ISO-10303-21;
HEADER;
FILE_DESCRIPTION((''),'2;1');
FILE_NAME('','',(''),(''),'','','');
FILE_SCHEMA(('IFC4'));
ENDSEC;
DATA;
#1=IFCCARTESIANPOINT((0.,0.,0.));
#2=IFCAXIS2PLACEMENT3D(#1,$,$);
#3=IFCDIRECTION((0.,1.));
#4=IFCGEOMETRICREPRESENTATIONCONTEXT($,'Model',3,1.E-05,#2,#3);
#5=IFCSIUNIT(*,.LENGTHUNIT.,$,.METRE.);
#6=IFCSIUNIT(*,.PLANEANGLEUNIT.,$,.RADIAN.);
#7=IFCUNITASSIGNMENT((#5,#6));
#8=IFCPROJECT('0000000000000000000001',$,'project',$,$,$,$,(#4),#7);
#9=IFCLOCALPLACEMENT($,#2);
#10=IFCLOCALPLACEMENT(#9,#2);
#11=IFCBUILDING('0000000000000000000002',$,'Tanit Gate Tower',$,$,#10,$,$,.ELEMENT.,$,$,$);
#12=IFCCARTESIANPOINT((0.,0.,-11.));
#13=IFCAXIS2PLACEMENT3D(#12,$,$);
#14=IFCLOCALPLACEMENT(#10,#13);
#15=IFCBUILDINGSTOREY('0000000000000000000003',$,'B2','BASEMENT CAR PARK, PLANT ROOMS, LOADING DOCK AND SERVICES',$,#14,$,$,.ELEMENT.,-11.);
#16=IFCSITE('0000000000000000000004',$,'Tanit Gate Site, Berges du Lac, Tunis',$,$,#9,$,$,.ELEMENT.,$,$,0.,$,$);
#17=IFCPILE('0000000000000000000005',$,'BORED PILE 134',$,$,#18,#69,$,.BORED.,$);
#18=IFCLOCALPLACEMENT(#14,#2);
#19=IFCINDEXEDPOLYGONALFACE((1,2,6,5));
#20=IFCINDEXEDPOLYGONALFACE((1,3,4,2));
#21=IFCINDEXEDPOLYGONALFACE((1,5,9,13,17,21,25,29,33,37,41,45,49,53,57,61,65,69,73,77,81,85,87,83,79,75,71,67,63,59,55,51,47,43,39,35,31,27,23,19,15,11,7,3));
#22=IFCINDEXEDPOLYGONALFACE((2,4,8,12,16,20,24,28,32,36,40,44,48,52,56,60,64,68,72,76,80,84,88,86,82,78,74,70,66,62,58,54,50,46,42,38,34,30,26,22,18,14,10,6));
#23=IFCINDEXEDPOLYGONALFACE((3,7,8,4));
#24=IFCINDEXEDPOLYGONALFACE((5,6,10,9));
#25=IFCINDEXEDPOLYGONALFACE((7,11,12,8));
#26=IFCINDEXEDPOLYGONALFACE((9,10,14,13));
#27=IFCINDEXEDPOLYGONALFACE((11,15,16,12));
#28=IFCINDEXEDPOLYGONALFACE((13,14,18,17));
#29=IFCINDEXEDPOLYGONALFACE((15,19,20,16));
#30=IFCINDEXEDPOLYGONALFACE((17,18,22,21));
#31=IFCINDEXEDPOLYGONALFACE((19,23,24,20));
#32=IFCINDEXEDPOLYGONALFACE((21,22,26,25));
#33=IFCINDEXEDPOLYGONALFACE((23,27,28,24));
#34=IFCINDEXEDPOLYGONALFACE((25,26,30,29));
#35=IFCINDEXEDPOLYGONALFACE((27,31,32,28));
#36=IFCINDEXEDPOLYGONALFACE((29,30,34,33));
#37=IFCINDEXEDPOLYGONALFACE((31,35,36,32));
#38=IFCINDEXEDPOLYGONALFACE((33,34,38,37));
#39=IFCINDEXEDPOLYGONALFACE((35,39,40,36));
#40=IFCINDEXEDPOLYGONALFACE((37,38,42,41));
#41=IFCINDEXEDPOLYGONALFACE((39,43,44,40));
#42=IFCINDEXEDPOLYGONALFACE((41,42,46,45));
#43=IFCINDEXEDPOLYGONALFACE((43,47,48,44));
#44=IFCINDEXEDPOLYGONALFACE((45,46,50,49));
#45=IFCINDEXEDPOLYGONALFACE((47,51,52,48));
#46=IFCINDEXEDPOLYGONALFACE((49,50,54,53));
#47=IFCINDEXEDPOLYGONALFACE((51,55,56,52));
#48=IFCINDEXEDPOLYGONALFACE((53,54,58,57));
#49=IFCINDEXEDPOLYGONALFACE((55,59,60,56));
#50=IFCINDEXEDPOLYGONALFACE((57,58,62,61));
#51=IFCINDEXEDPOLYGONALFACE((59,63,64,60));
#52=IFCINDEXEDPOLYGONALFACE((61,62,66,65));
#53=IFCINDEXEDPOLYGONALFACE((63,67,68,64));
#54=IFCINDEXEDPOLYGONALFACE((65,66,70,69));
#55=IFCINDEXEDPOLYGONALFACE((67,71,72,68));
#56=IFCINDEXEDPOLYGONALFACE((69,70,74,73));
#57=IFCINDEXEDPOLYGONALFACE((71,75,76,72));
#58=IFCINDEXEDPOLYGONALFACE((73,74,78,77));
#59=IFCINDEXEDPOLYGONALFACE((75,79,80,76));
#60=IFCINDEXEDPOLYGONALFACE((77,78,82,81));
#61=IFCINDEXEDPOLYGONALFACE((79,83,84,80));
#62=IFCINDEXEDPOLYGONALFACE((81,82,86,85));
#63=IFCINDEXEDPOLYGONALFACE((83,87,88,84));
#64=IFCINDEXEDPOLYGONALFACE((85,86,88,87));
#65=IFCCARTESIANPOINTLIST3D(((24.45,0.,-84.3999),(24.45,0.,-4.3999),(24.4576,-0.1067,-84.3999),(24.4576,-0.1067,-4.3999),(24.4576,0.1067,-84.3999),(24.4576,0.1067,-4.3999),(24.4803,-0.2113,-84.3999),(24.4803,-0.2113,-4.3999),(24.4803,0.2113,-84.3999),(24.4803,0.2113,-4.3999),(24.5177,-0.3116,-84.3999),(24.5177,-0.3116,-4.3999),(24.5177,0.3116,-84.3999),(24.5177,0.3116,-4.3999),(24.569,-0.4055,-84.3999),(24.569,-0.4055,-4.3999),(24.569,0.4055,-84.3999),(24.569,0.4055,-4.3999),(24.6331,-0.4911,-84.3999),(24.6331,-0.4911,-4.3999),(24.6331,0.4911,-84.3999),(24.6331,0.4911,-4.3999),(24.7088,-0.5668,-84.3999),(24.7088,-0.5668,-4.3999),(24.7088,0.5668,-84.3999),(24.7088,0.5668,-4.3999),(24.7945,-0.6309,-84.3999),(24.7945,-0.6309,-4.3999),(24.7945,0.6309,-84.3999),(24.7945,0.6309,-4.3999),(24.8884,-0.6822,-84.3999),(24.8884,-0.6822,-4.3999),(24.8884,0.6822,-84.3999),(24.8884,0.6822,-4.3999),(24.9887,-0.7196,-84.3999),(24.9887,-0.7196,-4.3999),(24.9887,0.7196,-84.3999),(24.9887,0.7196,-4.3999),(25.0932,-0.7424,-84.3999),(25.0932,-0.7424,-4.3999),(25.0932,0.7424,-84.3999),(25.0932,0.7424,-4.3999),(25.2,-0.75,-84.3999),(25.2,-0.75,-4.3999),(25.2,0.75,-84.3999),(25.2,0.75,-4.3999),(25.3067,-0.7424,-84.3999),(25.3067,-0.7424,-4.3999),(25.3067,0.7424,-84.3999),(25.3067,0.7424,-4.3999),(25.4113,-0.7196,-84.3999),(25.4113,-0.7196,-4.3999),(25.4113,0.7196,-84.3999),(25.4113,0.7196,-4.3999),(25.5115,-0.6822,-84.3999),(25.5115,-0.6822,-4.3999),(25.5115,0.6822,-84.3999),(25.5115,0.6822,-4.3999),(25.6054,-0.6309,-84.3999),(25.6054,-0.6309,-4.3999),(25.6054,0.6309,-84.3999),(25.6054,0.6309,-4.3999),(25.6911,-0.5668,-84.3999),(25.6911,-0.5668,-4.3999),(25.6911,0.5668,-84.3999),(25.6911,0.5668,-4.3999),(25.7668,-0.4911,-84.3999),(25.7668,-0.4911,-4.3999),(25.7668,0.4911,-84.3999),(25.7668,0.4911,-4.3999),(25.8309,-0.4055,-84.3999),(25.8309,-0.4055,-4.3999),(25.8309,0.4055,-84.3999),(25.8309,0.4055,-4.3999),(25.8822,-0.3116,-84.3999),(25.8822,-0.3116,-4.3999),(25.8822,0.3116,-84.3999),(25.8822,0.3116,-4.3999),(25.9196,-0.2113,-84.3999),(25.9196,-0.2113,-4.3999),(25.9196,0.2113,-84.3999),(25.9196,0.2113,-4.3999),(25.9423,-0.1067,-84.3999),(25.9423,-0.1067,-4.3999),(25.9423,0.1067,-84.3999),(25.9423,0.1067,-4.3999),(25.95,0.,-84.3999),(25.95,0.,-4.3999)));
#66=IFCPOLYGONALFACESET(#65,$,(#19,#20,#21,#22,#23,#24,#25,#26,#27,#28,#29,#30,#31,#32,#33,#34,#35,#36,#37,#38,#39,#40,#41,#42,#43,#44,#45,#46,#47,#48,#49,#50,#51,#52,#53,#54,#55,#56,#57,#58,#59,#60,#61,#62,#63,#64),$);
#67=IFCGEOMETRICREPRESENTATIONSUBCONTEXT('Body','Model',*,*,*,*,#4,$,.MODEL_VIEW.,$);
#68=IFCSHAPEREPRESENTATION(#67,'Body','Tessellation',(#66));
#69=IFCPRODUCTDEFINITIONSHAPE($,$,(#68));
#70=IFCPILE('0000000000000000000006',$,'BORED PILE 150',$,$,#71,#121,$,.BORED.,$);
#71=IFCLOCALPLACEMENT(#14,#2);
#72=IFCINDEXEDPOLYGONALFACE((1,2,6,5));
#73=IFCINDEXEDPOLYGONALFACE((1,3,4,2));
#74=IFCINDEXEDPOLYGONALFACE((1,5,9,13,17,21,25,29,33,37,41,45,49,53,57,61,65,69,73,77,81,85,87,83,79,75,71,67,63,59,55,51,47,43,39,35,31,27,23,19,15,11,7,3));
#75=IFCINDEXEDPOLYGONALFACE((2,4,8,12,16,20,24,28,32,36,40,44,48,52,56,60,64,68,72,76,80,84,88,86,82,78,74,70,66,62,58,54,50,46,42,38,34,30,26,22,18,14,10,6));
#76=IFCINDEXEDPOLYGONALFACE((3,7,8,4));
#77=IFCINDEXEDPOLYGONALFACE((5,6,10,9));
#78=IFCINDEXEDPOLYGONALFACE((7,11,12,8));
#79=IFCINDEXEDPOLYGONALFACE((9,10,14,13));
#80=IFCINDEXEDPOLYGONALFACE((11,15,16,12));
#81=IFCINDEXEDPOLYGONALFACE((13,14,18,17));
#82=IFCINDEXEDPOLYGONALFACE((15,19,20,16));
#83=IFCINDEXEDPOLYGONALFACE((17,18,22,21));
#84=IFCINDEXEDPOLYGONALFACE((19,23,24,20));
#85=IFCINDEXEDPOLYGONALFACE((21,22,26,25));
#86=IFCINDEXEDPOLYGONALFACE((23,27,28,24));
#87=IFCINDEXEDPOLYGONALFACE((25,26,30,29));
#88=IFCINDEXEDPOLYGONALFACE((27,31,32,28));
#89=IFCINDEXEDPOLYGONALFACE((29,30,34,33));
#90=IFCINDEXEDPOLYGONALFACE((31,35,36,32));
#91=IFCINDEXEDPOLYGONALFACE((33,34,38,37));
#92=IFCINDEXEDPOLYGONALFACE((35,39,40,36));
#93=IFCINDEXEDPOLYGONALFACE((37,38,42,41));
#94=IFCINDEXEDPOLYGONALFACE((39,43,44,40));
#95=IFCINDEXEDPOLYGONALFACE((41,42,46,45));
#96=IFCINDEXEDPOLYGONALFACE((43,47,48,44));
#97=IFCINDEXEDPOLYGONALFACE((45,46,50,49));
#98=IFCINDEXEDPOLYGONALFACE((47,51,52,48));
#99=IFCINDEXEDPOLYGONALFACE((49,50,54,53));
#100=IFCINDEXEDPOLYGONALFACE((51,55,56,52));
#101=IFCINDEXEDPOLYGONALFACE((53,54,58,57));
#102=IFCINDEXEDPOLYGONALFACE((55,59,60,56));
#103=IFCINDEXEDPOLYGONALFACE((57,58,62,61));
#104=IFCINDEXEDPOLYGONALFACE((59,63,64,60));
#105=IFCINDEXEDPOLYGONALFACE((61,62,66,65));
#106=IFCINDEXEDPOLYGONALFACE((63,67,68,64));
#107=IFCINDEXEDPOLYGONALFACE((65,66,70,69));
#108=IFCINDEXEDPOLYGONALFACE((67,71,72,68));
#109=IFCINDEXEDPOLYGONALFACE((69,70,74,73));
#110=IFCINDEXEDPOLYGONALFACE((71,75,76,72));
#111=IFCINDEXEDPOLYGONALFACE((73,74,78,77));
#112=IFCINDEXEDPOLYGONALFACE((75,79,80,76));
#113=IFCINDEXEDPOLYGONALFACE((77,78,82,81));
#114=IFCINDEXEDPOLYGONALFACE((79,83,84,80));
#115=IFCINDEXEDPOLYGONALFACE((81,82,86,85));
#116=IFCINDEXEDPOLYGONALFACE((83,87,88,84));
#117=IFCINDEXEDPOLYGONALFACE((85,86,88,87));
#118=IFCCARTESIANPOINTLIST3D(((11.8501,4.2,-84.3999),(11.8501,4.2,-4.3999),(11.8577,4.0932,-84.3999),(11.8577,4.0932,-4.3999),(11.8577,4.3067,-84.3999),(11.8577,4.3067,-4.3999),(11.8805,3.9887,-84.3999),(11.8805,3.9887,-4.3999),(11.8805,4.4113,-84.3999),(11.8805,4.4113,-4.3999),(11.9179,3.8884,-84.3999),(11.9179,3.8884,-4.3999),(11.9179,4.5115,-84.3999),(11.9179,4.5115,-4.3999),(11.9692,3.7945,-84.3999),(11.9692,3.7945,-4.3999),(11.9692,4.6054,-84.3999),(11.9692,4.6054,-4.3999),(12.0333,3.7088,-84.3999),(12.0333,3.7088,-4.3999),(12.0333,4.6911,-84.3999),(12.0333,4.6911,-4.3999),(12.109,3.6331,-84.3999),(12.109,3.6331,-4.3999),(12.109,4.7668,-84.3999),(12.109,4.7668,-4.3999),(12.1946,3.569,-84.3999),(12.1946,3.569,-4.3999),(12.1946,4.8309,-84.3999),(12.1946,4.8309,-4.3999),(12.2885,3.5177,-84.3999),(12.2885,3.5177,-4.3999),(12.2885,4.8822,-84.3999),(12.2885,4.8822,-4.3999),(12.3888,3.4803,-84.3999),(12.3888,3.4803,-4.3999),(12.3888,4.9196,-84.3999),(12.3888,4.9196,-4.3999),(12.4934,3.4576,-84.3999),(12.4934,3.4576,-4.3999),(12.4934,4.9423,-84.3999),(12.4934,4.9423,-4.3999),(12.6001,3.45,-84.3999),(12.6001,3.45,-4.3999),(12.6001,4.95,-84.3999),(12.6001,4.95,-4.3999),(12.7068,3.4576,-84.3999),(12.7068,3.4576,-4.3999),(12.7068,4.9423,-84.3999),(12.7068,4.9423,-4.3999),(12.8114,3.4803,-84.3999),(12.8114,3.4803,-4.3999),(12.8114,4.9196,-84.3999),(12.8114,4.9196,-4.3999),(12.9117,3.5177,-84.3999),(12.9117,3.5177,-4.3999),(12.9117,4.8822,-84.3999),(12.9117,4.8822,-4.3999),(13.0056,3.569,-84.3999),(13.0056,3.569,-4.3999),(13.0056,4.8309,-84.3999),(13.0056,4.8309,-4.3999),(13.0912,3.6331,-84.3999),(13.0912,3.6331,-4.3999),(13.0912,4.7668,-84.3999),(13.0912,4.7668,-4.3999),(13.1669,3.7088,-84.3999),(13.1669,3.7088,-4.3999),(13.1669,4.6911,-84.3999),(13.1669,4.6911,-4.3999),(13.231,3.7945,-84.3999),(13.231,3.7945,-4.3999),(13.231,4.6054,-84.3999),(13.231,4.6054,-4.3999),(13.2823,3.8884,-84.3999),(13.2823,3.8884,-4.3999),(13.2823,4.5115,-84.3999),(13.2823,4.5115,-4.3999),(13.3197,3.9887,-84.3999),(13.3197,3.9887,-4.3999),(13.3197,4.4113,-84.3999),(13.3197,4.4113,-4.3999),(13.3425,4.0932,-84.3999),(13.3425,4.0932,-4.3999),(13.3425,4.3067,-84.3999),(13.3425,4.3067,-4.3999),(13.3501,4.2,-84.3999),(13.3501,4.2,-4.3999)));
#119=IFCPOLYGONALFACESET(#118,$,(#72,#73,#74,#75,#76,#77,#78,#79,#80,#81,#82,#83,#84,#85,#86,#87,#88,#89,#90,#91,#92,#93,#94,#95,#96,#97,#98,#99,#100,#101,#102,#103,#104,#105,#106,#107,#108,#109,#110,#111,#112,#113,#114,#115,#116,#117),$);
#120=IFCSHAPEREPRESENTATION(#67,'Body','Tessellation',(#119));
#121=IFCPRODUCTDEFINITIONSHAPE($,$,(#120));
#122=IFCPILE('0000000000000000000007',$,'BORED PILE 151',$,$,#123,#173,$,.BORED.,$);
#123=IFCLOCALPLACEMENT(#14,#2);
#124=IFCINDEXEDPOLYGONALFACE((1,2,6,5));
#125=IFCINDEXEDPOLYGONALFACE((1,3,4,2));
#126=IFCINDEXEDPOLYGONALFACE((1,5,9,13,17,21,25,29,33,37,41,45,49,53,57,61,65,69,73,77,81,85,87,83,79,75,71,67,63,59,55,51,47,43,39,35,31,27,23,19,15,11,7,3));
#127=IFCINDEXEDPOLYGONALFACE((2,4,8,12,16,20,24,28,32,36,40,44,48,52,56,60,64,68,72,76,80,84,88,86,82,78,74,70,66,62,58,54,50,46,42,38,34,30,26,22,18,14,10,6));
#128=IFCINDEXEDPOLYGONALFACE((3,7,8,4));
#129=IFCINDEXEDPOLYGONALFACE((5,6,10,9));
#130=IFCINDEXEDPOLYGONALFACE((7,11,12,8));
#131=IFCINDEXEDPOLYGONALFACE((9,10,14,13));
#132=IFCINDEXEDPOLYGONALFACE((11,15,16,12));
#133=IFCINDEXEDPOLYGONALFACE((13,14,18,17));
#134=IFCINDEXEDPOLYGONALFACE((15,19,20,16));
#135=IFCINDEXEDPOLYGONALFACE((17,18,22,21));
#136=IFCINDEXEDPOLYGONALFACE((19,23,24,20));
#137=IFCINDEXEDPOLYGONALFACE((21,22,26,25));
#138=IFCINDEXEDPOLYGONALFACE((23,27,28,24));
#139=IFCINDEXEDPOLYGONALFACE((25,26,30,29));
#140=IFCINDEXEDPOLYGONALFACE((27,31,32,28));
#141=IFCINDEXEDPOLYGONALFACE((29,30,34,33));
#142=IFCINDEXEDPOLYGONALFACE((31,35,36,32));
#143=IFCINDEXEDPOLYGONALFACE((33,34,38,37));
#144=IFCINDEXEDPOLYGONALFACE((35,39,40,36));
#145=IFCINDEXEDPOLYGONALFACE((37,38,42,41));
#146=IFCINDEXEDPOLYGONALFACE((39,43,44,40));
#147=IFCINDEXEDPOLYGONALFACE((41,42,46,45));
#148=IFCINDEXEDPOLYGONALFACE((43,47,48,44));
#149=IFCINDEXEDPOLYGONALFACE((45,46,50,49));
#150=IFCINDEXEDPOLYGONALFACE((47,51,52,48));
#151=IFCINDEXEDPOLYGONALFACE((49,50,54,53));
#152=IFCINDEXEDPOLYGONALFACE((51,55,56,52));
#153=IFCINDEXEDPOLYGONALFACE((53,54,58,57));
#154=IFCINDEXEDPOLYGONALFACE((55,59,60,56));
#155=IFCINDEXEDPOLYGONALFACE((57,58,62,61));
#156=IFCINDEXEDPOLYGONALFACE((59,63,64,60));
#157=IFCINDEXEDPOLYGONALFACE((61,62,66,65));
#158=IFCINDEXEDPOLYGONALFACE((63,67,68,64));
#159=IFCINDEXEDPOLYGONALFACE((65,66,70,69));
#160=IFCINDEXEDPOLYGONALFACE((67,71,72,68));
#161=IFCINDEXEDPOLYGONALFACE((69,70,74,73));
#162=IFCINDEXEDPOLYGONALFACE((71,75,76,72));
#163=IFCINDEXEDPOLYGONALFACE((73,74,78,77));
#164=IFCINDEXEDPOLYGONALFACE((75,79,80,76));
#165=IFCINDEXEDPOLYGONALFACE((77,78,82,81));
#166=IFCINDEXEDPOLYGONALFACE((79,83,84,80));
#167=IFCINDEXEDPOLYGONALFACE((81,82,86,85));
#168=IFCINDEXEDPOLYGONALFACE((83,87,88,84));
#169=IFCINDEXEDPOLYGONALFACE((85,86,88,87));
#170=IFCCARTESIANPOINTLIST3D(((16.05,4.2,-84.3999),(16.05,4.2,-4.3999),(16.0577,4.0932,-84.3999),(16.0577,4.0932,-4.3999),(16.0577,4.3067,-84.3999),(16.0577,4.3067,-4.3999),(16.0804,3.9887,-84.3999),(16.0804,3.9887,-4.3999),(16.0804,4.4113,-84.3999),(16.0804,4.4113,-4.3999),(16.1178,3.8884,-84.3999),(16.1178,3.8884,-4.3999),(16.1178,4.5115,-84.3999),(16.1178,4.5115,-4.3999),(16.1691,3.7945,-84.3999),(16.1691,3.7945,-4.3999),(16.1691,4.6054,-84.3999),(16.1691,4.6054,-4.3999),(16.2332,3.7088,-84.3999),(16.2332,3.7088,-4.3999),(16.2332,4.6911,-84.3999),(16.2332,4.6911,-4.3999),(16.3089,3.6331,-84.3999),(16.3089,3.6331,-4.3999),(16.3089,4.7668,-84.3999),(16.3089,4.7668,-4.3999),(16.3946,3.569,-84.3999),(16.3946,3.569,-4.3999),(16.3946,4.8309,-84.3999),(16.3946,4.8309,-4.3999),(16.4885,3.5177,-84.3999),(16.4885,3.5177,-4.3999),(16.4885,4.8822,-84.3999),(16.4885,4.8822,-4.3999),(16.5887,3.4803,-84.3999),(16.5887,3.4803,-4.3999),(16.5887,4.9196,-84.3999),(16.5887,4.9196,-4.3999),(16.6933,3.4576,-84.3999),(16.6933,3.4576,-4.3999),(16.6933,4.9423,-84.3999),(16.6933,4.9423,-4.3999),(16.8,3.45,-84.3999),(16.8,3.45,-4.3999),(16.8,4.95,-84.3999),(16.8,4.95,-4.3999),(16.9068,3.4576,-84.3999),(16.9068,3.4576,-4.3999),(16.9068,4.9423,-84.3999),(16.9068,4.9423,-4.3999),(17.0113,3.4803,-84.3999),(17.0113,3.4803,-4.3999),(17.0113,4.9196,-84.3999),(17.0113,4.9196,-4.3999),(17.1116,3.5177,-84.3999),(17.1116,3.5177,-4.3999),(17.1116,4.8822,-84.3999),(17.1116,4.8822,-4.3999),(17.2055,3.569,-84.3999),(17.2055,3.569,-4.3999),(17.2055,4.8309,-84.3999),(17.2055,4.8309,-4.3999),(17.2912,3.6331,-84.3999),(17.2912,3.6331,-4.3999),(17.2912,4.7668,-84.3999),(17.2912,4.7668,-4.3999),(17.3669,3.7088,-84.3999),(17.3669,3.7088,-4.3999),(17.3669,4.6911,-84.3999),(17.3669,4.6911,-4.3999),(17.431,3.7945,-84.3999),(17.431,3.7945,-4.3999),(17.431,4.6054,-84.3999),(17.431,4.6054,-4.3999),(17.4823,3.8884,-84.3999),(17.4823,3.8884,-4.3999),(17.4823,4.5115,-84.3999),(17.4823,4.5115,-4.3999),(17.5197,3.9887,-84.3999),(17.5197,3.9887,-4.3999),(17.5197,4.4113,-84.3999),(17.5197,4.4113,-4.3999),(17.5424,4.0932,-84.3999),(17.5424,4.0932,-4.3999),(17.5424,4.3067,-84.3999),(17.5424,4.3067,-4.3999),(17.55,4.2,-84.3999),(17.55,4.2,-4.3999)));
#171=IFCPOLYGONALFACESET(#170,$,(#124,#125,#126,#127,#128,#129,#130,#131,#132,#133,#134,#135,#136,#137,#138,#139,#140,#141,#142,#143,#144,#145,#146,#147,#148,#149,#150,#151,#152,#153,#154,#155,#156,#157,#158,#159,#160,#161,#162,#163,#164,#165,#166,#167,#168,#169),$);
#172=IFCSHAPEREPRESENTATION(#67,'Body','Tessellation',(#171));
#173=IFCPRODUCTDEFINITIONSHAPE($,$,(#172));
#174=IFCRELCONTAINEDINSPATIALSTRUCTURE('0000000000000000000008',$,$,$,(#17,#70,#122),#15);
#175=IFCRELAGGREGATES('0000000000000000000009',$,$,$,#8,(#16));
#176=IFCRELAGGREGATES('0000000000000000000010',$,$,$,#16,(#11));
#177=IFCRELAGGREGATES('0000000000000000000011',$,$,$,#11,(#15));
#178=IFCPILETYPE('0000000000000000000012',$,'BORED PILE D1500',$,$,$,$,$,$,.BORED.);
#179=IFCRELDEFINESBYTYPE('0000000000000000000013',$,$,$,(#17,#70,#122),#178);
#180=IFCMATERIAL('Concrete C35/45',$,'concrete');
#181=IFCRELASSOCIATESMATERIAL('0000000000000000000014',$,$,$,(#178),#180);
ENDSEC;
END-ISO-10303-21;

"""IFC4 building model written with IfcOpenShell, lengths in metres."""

from ifc_helpers import new_model, si_unit, direction, frame, origin, origin_2d, place, context, subcontext, project, spatial, circle, extrude, material, material_profile, profile_set, type_object, element, save


model = new_model("IFC4")

# Units and contexts
model_context = context("Model", 3, precision=1e-05, world=origin(), true_north=direction((0.0, 1.0)))
body_context = subcontext(model_context, "Body", "Model", "MODEL_VIEW")
ifc_project = project(units=[si_unit("LENGTHUNIT", "METRE"), si_unit("PLANEANGLEUNIT", "RADIAN")], contexts=[model_context])

# Site, building, storey
site_placement = place(None, origin())
site = spatial("IfcSite", under=ifc_project, at=site_placement, Name="Tanit Gate Site, Berges du Lac, Tunis", CompositionType="ELEMENT", RefElevation=0.0)
building_placement = place(site_placement, origin())
building = spatial("IfcBuilding", under=site, at=building_placement, Name="Tanit Gate Tower", CompositionType="ELEMENT")
storey_placement = place(building_placement, frame((0.0, 0.0, -11.0)))
storey = spatial("IfcBuildingStorey", under=building, at=storey_placement, Name="B2", Description="BASEMENT CAR PARK, PLANT ROOMS, LOADING DOCK AND SERVICES", CompositionType="ELEMENT", Elevation=-11.0)

# Piles
ifc_material_1 = material(Name="Concrete C35/45", Category="concrete")
ifc_material_profile_1 = material_profile(ifc_material_1, circle(Radius=0.75, at=origin_2d()), Name="BORED PILE D1500 C35/45")
ifc_profile_set_1 = profile_set([ifc_material_profile_1], Name="Concrete C35/45")
pile_type = type_object("IfcPileType", Name="BORED PILE D1500", PredefinedType="BORED", material=ifc_profile_set_1)
for number, where, z_axis, x_axis, name in (
    (1, (25.2, 0.0, -4.3999), (0.0, 0.0, -1.0), (1.0, 0.0, 0.0), "BORED PILE 134"),
    (2, (12.6001, 4.2, -4.3999), (0.0, 0.0, -1.0), (1.0, 0.0, 0.0), "BORED PILE 150"),
    (3, (16.8, 4.2, -4.3999), (0.0, 0.0, -1.0), (1.0, 0.0, 0.0), "BORED PILE 151"),
):
    element("IfcPile", number, at=place(storey_placement, frame(where, z_axis=z_axis, x_axis=x_axis)), inside=storey, type_object=pile_type, Name=name, PredefinedType="BORED", context=body_context, shape_type="SweptSolid", body=[
        extrude(circle(Radius=0.75, at=origin_2d()), origin(), (0.0, 0.0, 1.0), 80.0),
    ])

save(model, "model.ifc")
